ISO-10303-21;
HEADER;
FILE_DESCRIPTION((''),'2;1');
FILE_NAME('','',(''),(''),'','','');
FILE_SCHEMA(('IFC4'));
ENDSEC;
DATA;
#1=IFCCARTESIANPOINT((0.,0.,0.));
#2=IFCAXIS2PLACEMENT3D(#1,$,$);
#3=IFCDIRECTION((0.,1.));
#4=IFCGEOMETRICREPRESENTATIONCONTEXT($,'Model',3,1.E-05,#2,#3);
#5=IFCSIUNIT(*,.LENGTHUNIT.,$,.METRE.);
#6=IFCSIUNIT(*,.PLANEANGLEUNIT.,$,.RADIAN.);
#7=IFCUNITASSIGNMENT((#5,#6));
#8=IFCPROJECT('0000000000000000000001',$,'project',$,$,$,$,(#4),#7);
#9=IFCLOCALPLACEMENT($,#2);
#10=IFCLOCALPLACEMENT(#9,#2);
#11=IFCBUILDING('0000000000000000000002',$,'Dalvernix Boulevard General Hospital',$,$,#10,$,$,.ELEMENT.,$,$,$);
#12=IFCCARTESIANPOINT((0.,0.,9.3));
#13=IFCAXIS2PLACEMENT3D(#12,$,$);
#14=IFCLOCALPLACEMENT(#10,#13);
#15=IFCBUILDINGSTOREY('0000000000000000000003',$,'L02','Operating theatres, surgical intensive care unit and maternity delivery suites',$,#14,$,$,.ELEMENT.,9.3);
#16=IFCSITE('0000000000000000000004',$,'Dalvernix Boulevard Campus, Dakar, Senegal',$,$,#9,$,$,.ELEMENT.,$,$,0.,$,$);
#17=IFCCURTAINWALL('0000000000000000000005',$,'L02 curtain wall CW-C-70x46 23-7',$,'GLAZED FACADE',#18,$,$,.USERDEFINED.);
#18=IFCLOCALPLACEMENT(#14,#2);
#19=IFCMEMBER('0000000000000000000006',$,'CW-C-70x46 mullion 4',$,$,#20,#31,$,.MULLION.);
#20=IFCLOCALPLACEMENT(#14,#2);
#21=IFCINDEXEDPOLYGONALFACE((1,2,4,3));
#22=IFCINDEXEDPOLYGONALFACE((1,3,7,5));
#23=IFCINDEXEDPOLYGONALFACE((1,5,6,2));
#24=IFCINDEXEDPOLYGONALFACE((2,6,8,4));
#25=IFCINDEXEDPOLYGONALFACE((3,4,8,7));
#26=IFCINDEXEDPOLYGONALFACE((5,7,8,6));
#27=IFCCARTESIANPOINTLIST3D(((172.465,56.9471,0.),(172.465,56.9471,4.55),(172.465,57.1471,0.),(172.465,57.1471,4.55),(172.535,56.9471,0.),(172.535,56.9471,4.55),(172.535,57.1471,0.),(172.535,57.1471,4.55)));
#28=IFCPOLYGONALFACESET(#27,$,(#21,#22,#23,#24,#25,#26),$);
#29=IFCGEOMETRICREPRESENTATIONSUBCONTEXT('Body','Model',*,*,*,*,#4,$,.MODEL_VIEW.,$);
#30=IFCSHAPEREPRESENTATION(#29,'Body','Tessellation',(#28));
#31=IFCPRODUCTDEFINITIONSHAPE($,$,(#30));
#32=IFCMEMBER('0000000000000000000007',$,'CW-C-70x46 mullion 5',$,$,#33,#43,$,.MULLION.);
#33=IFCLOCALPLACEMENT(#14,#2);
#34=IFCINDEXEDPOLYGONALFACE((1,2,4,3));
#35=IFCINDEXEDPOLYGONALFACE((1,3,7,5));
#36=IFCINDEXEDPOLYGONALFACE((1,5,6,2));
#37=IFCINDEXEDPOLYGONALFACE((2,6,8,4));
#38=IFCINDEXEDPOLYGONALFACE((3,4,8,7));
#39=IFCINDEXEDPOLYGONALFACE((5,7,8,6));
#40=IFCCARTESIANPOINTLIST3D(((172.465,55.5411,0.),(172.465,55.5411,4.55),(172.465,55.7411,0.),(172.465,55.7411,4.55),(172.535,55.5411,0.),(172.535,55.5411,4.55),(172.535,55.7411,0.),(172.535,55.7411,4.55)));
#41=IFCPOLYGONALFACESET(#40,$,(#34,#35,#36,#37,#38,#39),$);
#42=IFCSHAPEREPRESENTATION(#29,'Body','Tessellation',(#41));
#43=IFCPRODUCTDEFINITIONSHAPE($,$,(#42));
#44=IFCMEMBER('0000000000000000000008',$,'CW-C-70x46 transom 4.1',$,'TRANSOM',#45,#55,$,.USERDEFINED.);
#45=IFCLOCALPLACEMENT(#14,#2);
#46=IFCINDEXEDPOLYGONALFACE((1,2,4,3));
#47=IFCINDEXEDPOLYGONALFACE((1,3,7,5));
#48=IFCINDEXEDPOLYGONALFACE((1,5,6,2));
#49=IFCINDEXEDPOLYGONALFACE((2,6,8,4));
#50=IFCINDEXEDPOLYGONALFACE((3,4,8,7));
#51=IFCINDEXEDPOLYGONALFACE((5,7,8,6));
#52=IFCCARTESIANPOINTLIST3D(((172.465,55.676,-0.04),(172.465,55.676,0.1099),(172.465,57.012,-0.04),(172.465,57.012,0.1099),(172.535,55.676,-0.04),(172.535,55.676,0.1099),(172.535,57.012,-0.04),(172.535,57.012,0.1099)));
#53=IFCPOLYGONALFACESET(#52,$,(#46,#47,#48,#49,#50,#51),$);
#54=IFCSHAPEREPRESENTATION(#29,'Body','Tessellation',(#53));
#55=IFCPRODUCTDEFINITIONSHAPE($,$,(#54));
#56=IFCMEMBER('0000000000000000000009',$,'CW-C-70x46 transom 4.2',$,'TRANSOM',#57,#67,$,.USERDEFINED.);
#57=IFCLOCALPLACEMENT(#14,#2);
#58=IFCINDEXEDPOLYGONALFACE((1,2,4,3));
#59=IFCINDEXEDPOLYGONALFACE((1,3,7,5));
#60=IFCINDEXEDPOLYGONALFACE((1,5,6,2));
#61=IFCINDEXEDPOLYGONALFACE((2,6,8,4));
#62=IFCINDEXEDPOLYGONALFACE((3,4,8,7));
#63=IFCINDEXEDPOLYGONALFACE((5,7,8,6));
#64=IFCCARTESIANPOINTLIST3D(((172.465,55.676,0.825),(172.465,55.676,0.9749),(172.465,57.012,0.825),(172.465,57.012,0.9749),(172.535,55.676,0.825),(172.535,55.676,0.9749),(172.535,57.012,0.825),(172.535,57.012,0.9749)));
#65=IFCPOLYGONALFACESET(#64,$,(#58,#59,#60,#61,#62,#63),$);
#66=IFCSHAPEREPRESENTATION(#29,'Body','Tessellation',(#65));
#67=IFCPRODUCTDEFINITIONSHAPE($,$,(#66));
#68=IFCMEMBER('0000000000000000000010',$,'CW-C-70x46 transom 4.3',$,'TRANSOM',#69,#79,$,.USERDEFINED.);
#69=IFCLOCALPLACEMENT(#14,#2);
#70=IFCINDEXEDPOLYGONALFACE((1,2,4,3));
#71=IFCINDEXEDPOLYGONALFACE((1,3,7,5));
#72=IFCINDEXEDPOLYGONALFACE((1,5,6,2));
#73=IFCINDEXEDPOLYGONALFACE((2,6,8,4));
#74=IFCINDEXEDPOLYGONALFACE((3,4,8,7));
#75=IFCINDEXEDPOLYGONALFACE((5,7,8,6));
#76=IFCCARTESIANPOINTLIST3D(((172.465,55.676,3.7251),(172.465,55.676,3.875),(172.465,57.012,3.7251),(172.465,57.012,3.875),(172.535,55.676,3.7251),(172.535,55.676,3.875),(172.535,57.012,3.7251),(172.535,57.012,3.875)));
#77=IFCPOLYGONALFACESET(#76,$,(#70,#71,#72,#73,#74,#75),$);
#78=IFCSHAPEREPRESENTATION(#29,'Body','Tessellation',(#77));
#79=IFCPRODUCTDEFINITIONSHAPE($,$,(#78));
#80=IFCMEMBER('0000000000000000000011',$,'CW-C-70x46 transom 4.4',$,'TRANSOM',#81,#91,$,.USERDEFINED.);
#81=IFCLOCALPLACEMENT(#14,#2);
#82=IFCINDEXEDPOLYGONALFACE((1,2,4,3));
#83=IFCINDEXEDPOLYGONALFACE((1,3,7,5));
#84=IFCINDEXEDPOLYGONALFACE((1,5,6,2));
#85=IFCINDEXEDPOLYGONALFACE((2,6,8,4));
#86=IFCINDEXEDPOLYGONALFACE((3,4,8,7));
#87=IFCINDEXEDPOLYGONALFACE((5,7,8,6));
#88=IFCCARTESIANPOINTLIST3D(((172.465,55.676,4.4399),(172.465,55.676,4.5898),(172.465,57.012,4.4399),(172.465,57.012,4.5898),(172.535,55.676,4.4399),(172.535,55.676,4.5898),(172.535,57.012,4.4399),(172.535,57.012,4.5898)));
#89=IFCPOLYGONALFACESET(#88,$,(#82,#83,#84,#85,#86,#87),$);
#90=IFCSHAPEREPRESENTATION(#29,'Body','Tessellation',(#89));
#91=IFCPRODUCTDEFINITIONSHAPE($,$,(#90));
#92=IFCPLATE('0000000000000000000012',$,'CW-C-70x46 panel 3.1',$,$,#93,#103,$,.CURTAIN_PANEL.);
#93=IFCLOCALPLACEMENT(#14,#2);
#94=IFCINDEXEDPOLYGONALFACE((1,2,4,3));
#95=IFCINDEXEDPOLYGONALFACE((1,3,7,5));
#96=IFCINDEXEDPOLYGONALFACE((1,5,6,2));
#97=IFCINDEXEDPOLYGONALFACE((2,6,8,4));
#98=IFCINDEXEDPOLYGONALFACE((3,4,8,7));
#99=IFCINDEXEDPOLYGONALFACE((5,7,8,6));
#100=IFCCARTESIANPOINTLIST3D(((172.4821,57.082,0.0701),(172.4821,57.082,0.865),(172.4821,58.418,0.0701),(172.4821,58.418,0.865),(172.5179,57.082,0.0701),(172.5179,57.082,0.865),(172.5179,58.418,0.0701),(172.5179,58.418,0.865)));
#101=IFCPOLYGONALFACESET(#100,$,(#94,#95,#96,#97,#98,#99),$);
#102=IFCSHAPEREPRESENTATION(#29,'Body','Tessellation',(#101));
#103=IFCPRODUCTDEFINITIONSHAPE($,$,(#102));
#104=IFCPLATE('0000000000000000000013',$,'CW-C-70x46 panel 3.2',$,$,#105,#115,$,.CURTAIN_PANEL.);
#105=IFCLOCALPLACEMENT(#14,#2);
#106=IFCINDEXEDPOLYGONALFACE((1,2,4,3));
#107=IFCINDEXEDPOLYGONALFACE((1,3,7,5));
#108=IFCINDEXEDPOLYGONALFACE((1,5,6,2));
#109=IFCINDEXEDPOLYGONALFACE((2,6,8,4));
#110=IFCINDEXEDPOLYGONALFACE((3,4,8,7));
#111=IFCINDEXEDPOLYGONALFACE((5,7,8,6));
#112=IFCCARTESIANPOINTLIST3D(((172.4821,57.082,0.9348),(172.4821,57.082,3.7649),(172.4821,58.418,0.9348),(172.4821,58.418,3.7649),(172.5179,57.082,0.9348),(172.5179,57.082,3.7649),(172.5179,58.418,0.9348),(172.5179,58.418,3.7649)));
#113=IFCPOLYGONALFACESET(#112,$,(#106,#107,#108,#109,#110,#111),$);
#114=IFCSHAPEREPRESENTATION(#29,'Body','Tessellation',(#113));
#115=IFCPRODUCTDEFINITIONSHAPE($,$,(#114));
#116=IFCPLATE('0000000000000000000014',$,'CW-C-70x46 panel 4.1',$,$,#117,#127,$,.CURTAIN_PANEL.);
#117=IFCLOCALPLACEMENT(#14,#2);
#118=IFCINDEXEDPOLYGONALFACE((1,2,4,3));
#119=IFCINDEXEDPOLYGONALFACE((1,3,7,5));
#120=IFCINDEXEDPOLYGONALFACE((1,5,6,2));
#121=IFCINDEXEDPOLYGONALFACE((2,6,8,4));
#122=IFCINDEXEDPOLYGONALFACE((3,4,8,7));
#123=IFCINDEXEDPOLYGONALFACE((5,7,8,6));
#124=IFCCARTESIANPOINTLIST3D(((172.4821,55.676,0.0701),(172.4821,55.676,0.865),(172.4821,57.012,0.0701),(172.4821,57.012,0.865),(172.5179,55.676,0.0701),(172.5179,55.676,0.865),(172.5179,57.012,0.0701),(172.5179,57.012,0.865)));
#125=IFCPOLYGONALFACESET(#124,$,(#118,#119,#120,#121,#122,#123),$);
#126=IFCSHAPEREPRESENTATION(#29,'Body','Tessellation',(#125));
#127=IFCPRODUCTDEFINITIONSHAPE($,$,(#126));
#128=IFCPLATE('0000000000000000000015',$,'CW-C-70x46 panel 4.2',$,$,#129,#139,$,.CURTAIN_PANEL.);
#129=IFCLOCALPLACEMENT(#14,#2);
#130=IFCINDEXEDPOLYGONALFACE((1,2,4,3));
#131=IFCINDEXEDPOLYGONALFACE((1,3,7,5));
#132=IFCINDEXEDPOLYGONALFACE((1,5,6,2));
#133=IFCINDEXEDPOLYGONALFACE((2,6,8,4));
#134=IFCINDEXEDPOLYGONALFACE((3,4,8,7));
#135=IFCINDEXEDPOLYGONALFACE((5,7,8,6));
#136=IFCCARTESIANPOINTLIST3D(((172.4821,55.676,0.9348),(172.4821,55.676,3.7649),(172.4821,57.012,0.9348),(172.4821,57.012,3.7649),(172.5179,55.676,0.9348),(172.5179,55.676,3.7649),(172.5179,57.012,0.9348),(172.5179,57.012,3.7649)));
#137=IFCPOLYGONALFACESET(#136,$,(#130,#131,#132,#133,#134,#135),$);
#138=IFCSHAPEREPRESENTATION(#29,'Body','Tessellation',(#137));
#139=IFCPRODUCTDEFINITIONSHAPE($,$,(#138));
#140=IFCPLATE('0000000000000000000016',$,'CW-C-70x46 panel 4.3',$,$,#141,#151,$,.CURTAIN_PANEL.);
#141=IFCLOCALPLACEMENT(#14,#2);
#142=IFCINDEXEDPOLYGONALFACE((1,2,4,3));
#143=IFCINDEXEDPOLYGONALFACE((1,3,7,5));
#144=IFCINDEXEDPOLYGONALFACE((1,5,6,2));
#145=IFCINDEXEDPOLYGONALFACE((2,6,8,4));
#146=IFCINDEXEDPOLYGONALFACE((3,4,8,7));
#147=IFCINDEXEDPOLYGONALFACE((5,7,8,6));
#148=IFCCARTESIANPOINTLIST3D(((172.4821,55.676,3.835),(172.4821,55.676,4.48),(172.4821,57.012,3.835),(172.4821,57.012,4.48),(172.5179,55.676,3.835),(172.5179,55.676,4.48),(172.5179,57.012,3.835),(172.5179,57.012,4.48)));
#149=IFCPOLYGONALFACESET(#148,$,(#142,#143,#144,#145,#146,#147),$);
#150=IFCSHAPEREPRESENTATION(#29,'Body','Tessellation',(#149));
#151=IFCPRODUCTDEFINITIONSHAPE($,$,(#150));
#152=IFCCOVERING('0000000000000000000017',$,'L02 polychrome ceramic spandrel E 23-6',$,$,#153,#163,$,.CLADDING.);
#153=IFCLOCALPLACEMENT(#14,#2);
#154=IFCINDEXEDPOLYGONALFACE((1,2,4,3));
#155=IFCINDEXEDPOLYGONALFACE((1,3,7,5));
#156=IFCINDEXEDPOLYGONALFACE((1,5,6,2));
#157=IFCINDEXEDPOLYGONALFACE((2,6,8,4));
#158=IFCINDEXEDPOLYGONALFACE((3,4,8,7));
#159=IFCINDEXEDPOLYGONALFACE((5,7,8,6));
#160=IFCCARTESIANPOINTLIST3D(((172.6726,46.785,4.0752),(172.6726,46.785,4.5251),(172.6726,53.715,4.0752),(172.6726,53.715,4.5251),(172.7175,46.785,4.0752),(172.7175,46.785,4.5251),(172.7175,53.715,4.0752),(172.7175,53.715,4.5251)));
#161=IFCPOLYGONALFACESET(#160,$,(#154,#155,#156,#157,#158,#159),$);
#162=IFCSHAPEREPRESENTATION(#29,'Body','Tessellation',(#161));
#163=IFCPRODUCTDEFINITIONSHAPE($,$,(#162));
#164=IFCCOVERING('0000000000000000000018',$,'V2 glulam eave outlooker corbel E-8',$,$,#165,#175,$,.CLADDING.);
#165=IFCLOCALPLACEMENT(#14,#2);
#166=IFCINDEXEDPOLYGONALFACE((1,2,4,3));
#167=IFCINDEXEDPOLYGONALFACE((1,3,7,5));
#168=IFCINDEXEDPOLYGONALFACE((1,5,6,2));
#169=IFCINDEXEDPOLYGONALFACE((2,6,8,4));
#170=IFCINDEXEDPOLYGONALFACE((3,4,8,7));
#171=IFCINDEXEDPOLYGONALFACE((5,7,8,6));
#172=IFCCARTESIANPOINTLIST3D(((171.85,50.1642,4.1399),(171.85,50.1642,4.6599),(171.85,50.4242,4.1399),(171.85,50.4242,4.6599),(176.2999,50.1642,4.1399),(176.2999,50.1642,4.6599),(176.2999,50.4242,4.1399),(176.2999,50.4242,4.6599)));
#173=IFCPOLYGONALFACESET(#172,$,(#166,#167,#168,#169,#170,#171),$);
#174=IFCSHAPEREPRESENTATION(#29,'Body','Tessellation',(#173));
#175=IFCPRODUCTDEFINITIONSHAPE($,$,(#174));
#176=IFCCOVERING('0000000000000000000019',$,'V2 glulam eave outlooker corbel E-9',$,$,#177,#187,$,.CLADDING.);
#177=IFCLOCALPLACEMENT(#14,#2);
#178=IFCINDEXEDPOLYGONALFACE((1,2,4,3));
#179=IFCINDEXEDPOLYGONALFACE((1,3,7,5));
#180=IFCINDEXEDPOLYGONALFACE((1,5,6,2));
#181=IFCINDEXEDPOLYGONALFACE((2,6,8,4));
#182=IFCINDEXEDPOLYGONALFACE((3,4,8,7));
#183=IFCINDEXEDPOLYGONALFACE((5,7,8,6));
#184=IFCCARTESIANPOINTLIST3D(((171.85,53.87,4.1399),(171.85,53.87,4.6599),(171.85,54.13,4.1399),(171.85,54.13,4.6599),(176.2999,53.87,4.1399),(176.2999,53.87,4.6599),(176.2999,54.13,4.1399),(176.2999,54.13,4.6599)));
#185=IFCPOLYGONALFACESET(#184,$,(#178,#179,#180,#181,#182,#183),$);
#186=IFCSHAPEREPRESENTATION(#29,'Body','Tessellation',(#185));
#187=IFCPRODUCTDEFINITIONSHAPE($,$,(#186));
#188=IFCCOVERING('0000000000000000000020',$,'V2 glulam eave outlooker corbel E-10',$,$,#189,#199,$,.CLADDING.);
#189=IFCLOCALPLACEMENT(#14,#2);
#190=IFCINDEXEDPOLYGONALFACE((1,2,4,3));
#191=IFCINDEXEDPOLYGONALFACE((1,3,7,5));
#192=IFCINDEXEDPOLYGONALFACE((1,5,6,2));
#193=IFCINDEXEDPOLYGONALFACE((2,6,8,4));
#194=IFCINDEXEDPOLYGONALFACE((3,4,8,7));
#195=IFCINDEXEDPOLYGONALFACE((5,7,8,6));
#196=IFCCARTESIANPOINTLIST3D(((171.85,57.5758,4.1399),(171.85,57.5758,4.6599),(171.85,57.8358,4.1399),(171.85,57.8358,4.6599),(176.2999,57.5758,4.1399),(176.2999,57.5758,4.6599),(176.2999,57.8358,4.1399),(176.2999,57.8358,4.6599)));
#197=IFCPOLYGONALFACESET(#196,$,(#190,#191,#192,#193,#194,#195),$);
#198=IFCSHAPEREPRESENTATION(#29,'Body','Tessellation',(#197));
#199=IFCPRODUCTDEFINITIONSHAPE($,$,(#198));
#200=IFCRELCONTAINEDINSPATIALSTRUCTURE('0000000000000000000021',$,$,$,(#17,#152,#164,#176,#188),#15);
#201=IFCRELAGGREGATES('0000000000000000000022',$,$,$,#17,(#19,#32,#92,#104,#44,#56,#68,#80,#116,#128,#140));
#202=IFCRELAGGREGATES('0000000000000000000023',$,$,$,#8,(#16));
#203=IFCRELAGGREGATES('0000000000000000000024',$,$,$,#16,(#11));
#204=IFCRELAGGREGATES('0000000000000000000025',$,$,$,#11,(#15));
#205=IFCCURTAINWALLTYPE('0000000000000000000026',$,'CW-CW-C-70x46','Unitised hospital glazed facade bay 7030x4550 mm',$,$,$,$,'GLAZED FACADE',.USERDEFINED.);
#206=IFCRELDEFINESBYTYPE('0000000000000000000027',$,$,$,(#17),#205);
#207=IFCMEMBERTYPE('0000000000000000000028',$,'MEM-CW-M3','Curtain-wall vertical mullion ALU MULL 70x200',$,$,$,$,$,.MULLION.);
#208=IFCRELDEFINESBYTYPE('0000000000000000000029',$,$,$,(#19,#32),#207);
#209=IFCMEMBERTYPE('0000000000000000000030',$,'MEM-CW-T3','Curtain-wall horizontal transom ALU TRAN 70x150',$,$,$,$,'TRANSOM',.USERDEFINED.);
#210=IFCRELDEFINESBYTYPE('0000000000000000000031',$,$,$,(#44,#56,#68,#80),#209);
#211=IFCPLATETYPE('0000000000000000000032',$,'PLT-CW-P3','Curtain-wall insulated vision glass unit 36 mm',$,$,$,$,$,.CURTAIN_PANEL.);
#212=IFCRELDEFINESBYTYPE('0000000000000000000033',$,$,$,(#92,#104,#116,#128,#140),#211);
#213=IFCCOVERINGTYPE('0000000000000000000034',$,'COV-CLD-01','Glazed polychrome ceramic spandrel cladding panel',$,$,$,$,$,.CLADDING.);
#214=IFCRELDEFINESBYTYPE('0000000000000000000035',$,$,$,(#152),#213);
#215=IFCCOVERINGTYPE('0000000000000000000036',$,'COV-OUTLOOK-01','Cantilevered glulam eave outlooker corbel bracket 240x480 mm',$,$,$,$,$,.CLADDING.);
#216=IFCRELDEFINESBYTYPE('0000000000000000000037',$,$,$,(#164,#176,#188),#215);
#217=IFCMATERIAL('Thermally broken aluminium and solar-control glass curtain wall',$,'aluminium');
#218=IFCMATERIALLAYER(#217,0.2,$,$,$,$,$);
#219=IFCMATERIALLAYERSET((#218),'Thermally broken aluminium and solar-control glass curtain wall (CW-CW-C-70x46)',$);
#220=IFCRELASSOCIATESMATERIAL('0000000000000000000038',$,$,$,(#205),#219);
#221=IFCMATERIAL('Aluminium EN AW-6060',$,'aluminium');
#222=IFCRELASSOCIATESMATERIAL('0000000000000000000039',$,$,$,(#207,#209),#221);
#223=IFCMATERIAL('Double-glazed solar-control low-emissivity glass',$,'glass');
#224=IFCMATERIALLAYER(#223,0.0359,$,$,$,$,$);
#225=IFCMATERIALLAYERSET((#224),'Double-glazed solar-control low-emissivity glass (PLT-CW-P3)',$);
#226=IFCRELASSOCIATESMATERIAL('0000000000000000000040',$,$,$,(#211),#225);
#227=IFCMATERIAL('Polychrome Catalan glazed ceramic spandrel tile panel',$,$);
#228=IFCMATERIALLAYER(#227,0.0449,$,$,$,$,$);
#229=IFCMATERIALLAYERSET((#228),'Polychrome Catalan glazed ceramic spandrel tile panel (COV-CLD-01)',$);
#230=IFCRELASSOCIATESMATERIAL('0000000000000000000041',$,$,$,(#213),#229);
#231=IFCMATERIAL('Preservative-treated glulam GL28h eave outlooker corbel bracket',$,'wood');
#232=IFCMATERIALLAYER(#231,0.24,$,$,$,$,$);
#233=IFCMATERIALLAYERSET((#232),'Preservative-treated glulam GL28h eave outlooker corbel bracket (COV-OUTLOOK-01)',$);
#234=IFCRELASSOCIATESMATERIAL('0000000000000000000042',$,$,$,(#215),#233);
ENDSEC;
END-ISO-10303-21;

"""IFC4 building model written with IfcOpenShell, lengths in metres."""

from ifc_helpers import new_model, si_unit, direction, frame, origin, origin_2d, place, context, subcontext, project, spatial, rectangle, extrude, material, layer, layer_set, material_profile, profile_set, type_object, element, aggregate, save


model = new_model("IFC4")

# Units and contexts
model_context = context("Model", 3, precision=1e-05, world=origin(), true_north=direction((0.0, 1.0)))
body_context = subcontext(model_context, "Body", "Model", "MODEL_VIEW")
ifc_project = project(units=[si_unit("LENGTHUNIT", "METRE"), si_unit("PLANEANGLEUNIT", "RADIAN")], contexts=[model_context])

# Site, building, storey
site_placement = place(None, origin())
site = spatial("IfcSite", under=ifc_project, at=site_placement, Name="Dalvernix Boulevard Campus, Dakar, Senegal", CompositionType="ELEMENT", RefElevation=0.0)
building_placement = place(site_placement, origin())
building = spatial("IfcBuilding", under=site, at=building_placement, Name="Dalvernix Boulevard General Hospital", CompositionType="ELEMENT")
storey_placement = place(building_placement, frame((0.0, 0.0, 9.3)))
storey = spatial("IfcBuildingStorey", under=building, at=storey_placement, Name="L02", Description="Operating theatres, surgical intensive care unit and maternity delivery suites", CompositionType="ELEMENT", Elevation=9.3)

# Curtain wall, members, plates
ifc_material_1 = material(Name="Thermally broken aluminium and solar-control glass curtain wall", Category="aluminium")
ifc_layer_1 = layer(ifc_material_1, 0.2)
ifc_layer_set_1 = layer_set([ifc_layer_1], Name="Thermally broken aluminium and solar-control glass curtain wall (CW-CW-C-70x46)")
curtain_wall_type = type_object("IfcCurtainWallType", Name="CW-CW-C-70x46", Description="Unitised hospital glazed facade bay 7030x4550 mm", ElementType="GLAZED FACADE", PredefinedType="USERDEFINED", material=ifc_layer_set_1)
curtain_wall_placement = place(storey_placement, origin())
curtain_wall = element("IfcCurtainWall", 1, at=curtain_wall_placement, inside=storey, type_object=curtain_wall_type, Name="L02 curtain wall CW-C-70x46 23-7", ObjectType="GLAZED FACADE", PredefinedType="USERDEFINED")
ifc_material_2 = material(Name="Aluminium EN AW-6060", Category="aluminium")
ifc_material_profile_1 = material_profile(ifc_material_2, rectangle(XDim=0.0701, YDim=0.2, at=origin_2d()), Name="ALU MULL 70x200")
ifc_profile_set_1 = profile_set([ifc_material_profile_1], Name="Aluminium EN AW-6060")
member_type_1 = type_object("IfcMemberType", Name="MEM-CW-M3", Description="Curtain-wall vertical mullion ALU MULL 70x200", PredefinedType="MULLION", material=ifc_profile_set_1)
member_1_placement = place(storey_placement, frame((172.5, 57.0471, 0.0), z_axis=(0.0, 0.0, 1.0), x_axis=(1.0, 0.0, 0.0)))
member_1 = element("IfcMember", 2, at=member_1_placement, type_object=member_type_1, Name="CW-C-70x46 mullion 4", PredefinedType="MULLION", context=body_context, shape_type="SweptSolid", body=[
    extrude(rectangle(XDim=0.0701, YDim=0.2, at=origin_2d()), origin(), (0.0, 0.0, 1.0), 4.55),
])
member_2_placement = place(storey_placement, frame((172.5, 55.6411, 0.0), z_axis=(0.0, 0.0, 1.0), x_axis=(1.0, 0.0, 0.0)))
member_2 = element("IfcMember", 3, at=member_2_placement, type_object=member_type_1, Name="CW-C-70x46 mullion 5", PredefinedType="MULLION", context=body_context, shape_type="SweptSolid", body=[
    extrude(rectangle(XDim=0.0701, YDim=0.2, at=origin_2d()), origin(), (0.0, 0.0, 1.0), 4.55),
])
ifc_material_profile_2 = material_profile(ifc_material_2, rectangle(XDim=0.0701, YDim=0.1499, at=origin_2d()), Name="ALU TRAN 70x150")
ifc_profile_set_2 = profile_set([ifc_material_profile_2], Name="Aluminium EN AW-6060")
member_type_2 = type_object("IfcMemberType", Name="MEM-CW-T3", Description="Curtain-wall horizontal transom ALU TRAN 70x150", ElementType="TRANSOM", PredefinedType="USERDEFINED", material=ifc_profile_set_2)
member_3_placement = place(storey_placement, frame((172.5, 57.012, 0.0349), z_axis=(0.0, -1.0, 0.0), x_axis=(1.0, 0.0, 0.0)))
member_3 = element("IfcMember", 4, at=member_3_placement, type_object=member_type_2, Name="CW-C-70x46 transom 4.1", ObjectType="TRANSOM", PredefinedType="USERDEFINED", context=body_context, shape_type="SweptSolid", body=[
    extrude(rectangle(XDim=0.0701, YDim=0.1499, at=origin_2d()), origin(), (0.0, 0.0, 1.0), 1.3359),
])
member_4_placement = place(storey_placement, frame((172.5, 57.012, 0.8999), z_axis=(0.0, -1.0, 0.0), x_axis=(1.0, 0.0, 0.0)))
member_4 = element("IfcMember", 5, at=member_4_placement, type_object=member_type_2, Name="CW-C-70x46 transom 4.2", ObjectType="TRANSOM", PredefinedType="USERDEFINED", context=body_context, shape_type="SweptSolid", body=[
    extrude(rectangle(XDim=0.0701, YDim=0.1499, at=origin_2d()), origin(), (0.0, 0.0, 1.0), 1.3359),
])
member_5_placement = place(storey_placement, frame((172.5, 57.012, 3.8), z_axis=(0.0, -1.0, 0.0), x_axis=(1.0, 0.0, 0.0)))
member_5 = element("IfcMember", 6, at=member_5_placement, type_object=member_type_2, Name="CW-C-70x46 transom 4.3", ObjectType="TRANSOM", PredefinedType="USERDEFINED", context=body_context, shape_type="SweptSolid", body=[
    extrude(rectangle(XDim=0.0701, YDim=0.1499, at=origin_2d()), origin(), (0.0, 0.0, 1.0), 1.3359),
])
member_6_placement = place(storey_placement, frame((172.5, 57.012, 4.5149), z_axis=(0.0, -1.0, 0.0), x_axis=(1.0, 0.0, 0.0)))
member_6 = element("IfcMember", 7, at=member_6_placement, type_object=member_type_2, Name="CW-C-70x46 transom 4.4", ObjectType="TRANSOM", PredefinedType="USERDEFINED", context=body_context, shape_type="SweptSolid", body=[
    extrude(rectangle(XDim=0.0701, YDim=0.1499, at=origin_2d()), origin(), (0.0, 0.0, 1.0), 1.3359),
])
ifc_material_3 = material(Name="Double-glazed solar-control low-emissivity glass", Category="glass")
ifc_layer_2 = layer(ifc_material_3, 0.0359)
ifc_layer_set_2 = layer_set([ifc_layer_2], Name="Double-glazed solar-control low-emissivity glass (PLT-CW-P3)")
plate_type = type_object("IfcPlateType", Name="PLT-CW-P3", Description="Curtain-wall insulated vision glass unit 36 mm", PredefinedType="CURTAIN_PANEL", material=ifc_layer_set_2)
plate_1_placement = place(storey_placement, frame((172.5, 57.75, 0.0701), z_axis=(0.0, 0.0, 1.0), x_axis=(0.0, -1.0, 0.0)))
plate_1 = element("IfcPlate", 8, at=plate_1_placement, type_object=plate_type, Name="CW-C-70x46 panel 3.1", PredefinedType="CURTAIN_PANEL", context=body_context, shape_type="SweptSolid", body=[
    extrude(rectangle(XDim=1.3359, YDim=0.0359, at=origin_2d()), origin(), (0.0, 0.0, 1.0), 0.7949),
])
plate_2_placement = place(storey_placement, frame((172.5, 57.75, 0.9348), z_axis=(0.0, 0.0, 1.0), x_axis=(0.0, -1.0, 0.0)))
plate_2 = element("IfcPlate", 9, at=plate_2_placement, type_object=plate_type, Name="CW-C-70x46 panel 3.2", PredefinedType="CURTAIN_PANEL", context=body_context, shape_type="SweptSolid", body=[
    extrude(rectangle(XDim=1.3359, YDim=0.0359, at=origin_2d()), origin(), (0.0, 0.0, 1.0), 2.8301),
])
plate_3_placement = place(storey_placement, frame((172.5, 56.344, 0.0701), z_axis=(0.0, 0.0, 1.0), x_axis=(0.0, -1.0, 0.0)))
plate_3 = element("IfcPlate", 10, at=plate_3_placement, type_object=plate_type, Name="CW-C-70x46 panel 4.1", PredefinedType="CURTAIN_PANEL", context=body_context, shape_type="SweptSolid", body=[
    extrude(rectangle(XDim=1.3359, YDim=0.0359, at=origin_2d()), origin(), (0.0, 0.0, 1.0), 0.7949),
])
plate_4_placement = place(storey_placement, frame((172.5, 56.344, 0.9348), z_axis=(0.0, 0.0, 1.0), x_axis=(0.0, -1.0, 0.0)))
plate_4 = element("IfcPlate", 11, at=plate_4_placement, type_object=plate_type, Name="CW-C-70x46 panel 4.2", PredefinedType="CURTAIN_PANEL", context=body_context, shape_type="SweptSolid", body=[
    extrude(rectangle(XDim=1.3359, YDim=0.0359, at=origin_2d()), origin(), (0.0, 0.0, 1.0), 2.8301),
])
plate_5_placement = place(storey_placement, frame((172.5, 56.344, 3.835), z_axis=(0.0, 0.0, 1.0), x_axis=(0.0, -1.0, 0.0)))
plate_5 = element("IfcPlate", 12, at=plate_5_placement, type_object=plate_type, Name="CW-C-70x46 panel 4.3", PredefinedType="CURTAIN_PANEL", context=body_context, shape_type="SweptSolid", body=[
    extrude(rectangle(XDim=1.3359, YDim=0.0359, at=origin_2d()), origin(), (0.0, 0.0, 1.0), 0.645),
])
aggregate(curtain_wall, [member_1, member_2, plate_1, plate_2, member_3, member_4, member_5, member_6, plate_3, plate_4, plate_5])

# Coverings
ifc_material_4 = material(Name="Polychrome Catalan glazed ceramic spandrel tile panel")
ifc_layer_3 = layer(ifc_material_4, 0.0449)
ifc_layer_set_3 = layer_set([ifc_layer_3], Name="Polychrome Catalan glazed ceramic spandrel tile panel (COV-CLD-01)")
covering_type_1 = type_object("IfcCoveringType", Name="COV-CLD-01", Description="Glazed polychrome ceramic spandrel cladding panel", PredefinedType="CLADDING", material=ifc_layer_set_3)
covering_placement = place(storey_placement, frame((172.6951, 50.25, 4.0752), z_axis=(0.0, 0.0, 1.0), x_axis=(0.0, -1.0, 0.0)))
element("IfcCovering", 13, at=covering_placement, inside=storey, type_object=covering_type_1, Name="L02 polychrome ceramic spandrel E 23-6", PredefinedType="CLADDING", context=body_context, shape_type="SweptSolid", body=[
    extrude(rectangle(XDim=6.9299, YDim=0.0449, at=origin_2d()), origin(), (0.0, 0.0, 1.0), 0.45),
])
ifc_material_5 = material(Name="Preservative-treated glulam GL28h eave outlooker corbel bracket", Category="wood")
ifc_layer_4 = layer(ifc_material_5, 0.24)
ifc_layer_set_4 = layer_set([ifc_layer_4], Name="Preservative-treated glulam GL28h eave outlooker corbel bracket (COV-OUTLOOK-01)")
covering_type_2 = type_object("IfcCoveringType", Name="COV-OUTLOOK-01", Description="Cantilevered glulam eave outlooker corbel bracket 240x480 mm", PredefinedType="CLADDING", material=ifc_layer_set_4)
for number, where, z_axis, x_axis, name in (
    (14, (174.075, 50.2942, 4.1399), (0.0, 0.0, 1.0), (1.0, 0.0, 0.0), "V2 glulam eave outlooker corbel E-8"),
    (15, (174.075, 54.0, 4.1399), (0.0, 0.0, 1.0), (1.0, 0.0, 0.0), "V2 glulam eave outlooker corbel E-9"),
    (16, (174.075, 57.7058, 4.1399), (0.0, 0.0, 1.0), (1.0, 0.0, 0.0), "V2 glulam eave outlooker corbel E-10"),
):
    element("IfcCovering", number, at=place(storey_placement, frame(where, z_axis=z_axis, x_axis=x_axis)), inside=storey, type_object=covering_type_2, Name=name, PredefinedType="CLADDING", context=body_context, shape_type="SweptSolid", body=[
        extrude(rectangle(XDim=4.45, YDim=0.26, at=origin_2d()), origin(), (0.0, 0.0, 1.0), 0.52),
    ])

save(model, "model.ifc")
